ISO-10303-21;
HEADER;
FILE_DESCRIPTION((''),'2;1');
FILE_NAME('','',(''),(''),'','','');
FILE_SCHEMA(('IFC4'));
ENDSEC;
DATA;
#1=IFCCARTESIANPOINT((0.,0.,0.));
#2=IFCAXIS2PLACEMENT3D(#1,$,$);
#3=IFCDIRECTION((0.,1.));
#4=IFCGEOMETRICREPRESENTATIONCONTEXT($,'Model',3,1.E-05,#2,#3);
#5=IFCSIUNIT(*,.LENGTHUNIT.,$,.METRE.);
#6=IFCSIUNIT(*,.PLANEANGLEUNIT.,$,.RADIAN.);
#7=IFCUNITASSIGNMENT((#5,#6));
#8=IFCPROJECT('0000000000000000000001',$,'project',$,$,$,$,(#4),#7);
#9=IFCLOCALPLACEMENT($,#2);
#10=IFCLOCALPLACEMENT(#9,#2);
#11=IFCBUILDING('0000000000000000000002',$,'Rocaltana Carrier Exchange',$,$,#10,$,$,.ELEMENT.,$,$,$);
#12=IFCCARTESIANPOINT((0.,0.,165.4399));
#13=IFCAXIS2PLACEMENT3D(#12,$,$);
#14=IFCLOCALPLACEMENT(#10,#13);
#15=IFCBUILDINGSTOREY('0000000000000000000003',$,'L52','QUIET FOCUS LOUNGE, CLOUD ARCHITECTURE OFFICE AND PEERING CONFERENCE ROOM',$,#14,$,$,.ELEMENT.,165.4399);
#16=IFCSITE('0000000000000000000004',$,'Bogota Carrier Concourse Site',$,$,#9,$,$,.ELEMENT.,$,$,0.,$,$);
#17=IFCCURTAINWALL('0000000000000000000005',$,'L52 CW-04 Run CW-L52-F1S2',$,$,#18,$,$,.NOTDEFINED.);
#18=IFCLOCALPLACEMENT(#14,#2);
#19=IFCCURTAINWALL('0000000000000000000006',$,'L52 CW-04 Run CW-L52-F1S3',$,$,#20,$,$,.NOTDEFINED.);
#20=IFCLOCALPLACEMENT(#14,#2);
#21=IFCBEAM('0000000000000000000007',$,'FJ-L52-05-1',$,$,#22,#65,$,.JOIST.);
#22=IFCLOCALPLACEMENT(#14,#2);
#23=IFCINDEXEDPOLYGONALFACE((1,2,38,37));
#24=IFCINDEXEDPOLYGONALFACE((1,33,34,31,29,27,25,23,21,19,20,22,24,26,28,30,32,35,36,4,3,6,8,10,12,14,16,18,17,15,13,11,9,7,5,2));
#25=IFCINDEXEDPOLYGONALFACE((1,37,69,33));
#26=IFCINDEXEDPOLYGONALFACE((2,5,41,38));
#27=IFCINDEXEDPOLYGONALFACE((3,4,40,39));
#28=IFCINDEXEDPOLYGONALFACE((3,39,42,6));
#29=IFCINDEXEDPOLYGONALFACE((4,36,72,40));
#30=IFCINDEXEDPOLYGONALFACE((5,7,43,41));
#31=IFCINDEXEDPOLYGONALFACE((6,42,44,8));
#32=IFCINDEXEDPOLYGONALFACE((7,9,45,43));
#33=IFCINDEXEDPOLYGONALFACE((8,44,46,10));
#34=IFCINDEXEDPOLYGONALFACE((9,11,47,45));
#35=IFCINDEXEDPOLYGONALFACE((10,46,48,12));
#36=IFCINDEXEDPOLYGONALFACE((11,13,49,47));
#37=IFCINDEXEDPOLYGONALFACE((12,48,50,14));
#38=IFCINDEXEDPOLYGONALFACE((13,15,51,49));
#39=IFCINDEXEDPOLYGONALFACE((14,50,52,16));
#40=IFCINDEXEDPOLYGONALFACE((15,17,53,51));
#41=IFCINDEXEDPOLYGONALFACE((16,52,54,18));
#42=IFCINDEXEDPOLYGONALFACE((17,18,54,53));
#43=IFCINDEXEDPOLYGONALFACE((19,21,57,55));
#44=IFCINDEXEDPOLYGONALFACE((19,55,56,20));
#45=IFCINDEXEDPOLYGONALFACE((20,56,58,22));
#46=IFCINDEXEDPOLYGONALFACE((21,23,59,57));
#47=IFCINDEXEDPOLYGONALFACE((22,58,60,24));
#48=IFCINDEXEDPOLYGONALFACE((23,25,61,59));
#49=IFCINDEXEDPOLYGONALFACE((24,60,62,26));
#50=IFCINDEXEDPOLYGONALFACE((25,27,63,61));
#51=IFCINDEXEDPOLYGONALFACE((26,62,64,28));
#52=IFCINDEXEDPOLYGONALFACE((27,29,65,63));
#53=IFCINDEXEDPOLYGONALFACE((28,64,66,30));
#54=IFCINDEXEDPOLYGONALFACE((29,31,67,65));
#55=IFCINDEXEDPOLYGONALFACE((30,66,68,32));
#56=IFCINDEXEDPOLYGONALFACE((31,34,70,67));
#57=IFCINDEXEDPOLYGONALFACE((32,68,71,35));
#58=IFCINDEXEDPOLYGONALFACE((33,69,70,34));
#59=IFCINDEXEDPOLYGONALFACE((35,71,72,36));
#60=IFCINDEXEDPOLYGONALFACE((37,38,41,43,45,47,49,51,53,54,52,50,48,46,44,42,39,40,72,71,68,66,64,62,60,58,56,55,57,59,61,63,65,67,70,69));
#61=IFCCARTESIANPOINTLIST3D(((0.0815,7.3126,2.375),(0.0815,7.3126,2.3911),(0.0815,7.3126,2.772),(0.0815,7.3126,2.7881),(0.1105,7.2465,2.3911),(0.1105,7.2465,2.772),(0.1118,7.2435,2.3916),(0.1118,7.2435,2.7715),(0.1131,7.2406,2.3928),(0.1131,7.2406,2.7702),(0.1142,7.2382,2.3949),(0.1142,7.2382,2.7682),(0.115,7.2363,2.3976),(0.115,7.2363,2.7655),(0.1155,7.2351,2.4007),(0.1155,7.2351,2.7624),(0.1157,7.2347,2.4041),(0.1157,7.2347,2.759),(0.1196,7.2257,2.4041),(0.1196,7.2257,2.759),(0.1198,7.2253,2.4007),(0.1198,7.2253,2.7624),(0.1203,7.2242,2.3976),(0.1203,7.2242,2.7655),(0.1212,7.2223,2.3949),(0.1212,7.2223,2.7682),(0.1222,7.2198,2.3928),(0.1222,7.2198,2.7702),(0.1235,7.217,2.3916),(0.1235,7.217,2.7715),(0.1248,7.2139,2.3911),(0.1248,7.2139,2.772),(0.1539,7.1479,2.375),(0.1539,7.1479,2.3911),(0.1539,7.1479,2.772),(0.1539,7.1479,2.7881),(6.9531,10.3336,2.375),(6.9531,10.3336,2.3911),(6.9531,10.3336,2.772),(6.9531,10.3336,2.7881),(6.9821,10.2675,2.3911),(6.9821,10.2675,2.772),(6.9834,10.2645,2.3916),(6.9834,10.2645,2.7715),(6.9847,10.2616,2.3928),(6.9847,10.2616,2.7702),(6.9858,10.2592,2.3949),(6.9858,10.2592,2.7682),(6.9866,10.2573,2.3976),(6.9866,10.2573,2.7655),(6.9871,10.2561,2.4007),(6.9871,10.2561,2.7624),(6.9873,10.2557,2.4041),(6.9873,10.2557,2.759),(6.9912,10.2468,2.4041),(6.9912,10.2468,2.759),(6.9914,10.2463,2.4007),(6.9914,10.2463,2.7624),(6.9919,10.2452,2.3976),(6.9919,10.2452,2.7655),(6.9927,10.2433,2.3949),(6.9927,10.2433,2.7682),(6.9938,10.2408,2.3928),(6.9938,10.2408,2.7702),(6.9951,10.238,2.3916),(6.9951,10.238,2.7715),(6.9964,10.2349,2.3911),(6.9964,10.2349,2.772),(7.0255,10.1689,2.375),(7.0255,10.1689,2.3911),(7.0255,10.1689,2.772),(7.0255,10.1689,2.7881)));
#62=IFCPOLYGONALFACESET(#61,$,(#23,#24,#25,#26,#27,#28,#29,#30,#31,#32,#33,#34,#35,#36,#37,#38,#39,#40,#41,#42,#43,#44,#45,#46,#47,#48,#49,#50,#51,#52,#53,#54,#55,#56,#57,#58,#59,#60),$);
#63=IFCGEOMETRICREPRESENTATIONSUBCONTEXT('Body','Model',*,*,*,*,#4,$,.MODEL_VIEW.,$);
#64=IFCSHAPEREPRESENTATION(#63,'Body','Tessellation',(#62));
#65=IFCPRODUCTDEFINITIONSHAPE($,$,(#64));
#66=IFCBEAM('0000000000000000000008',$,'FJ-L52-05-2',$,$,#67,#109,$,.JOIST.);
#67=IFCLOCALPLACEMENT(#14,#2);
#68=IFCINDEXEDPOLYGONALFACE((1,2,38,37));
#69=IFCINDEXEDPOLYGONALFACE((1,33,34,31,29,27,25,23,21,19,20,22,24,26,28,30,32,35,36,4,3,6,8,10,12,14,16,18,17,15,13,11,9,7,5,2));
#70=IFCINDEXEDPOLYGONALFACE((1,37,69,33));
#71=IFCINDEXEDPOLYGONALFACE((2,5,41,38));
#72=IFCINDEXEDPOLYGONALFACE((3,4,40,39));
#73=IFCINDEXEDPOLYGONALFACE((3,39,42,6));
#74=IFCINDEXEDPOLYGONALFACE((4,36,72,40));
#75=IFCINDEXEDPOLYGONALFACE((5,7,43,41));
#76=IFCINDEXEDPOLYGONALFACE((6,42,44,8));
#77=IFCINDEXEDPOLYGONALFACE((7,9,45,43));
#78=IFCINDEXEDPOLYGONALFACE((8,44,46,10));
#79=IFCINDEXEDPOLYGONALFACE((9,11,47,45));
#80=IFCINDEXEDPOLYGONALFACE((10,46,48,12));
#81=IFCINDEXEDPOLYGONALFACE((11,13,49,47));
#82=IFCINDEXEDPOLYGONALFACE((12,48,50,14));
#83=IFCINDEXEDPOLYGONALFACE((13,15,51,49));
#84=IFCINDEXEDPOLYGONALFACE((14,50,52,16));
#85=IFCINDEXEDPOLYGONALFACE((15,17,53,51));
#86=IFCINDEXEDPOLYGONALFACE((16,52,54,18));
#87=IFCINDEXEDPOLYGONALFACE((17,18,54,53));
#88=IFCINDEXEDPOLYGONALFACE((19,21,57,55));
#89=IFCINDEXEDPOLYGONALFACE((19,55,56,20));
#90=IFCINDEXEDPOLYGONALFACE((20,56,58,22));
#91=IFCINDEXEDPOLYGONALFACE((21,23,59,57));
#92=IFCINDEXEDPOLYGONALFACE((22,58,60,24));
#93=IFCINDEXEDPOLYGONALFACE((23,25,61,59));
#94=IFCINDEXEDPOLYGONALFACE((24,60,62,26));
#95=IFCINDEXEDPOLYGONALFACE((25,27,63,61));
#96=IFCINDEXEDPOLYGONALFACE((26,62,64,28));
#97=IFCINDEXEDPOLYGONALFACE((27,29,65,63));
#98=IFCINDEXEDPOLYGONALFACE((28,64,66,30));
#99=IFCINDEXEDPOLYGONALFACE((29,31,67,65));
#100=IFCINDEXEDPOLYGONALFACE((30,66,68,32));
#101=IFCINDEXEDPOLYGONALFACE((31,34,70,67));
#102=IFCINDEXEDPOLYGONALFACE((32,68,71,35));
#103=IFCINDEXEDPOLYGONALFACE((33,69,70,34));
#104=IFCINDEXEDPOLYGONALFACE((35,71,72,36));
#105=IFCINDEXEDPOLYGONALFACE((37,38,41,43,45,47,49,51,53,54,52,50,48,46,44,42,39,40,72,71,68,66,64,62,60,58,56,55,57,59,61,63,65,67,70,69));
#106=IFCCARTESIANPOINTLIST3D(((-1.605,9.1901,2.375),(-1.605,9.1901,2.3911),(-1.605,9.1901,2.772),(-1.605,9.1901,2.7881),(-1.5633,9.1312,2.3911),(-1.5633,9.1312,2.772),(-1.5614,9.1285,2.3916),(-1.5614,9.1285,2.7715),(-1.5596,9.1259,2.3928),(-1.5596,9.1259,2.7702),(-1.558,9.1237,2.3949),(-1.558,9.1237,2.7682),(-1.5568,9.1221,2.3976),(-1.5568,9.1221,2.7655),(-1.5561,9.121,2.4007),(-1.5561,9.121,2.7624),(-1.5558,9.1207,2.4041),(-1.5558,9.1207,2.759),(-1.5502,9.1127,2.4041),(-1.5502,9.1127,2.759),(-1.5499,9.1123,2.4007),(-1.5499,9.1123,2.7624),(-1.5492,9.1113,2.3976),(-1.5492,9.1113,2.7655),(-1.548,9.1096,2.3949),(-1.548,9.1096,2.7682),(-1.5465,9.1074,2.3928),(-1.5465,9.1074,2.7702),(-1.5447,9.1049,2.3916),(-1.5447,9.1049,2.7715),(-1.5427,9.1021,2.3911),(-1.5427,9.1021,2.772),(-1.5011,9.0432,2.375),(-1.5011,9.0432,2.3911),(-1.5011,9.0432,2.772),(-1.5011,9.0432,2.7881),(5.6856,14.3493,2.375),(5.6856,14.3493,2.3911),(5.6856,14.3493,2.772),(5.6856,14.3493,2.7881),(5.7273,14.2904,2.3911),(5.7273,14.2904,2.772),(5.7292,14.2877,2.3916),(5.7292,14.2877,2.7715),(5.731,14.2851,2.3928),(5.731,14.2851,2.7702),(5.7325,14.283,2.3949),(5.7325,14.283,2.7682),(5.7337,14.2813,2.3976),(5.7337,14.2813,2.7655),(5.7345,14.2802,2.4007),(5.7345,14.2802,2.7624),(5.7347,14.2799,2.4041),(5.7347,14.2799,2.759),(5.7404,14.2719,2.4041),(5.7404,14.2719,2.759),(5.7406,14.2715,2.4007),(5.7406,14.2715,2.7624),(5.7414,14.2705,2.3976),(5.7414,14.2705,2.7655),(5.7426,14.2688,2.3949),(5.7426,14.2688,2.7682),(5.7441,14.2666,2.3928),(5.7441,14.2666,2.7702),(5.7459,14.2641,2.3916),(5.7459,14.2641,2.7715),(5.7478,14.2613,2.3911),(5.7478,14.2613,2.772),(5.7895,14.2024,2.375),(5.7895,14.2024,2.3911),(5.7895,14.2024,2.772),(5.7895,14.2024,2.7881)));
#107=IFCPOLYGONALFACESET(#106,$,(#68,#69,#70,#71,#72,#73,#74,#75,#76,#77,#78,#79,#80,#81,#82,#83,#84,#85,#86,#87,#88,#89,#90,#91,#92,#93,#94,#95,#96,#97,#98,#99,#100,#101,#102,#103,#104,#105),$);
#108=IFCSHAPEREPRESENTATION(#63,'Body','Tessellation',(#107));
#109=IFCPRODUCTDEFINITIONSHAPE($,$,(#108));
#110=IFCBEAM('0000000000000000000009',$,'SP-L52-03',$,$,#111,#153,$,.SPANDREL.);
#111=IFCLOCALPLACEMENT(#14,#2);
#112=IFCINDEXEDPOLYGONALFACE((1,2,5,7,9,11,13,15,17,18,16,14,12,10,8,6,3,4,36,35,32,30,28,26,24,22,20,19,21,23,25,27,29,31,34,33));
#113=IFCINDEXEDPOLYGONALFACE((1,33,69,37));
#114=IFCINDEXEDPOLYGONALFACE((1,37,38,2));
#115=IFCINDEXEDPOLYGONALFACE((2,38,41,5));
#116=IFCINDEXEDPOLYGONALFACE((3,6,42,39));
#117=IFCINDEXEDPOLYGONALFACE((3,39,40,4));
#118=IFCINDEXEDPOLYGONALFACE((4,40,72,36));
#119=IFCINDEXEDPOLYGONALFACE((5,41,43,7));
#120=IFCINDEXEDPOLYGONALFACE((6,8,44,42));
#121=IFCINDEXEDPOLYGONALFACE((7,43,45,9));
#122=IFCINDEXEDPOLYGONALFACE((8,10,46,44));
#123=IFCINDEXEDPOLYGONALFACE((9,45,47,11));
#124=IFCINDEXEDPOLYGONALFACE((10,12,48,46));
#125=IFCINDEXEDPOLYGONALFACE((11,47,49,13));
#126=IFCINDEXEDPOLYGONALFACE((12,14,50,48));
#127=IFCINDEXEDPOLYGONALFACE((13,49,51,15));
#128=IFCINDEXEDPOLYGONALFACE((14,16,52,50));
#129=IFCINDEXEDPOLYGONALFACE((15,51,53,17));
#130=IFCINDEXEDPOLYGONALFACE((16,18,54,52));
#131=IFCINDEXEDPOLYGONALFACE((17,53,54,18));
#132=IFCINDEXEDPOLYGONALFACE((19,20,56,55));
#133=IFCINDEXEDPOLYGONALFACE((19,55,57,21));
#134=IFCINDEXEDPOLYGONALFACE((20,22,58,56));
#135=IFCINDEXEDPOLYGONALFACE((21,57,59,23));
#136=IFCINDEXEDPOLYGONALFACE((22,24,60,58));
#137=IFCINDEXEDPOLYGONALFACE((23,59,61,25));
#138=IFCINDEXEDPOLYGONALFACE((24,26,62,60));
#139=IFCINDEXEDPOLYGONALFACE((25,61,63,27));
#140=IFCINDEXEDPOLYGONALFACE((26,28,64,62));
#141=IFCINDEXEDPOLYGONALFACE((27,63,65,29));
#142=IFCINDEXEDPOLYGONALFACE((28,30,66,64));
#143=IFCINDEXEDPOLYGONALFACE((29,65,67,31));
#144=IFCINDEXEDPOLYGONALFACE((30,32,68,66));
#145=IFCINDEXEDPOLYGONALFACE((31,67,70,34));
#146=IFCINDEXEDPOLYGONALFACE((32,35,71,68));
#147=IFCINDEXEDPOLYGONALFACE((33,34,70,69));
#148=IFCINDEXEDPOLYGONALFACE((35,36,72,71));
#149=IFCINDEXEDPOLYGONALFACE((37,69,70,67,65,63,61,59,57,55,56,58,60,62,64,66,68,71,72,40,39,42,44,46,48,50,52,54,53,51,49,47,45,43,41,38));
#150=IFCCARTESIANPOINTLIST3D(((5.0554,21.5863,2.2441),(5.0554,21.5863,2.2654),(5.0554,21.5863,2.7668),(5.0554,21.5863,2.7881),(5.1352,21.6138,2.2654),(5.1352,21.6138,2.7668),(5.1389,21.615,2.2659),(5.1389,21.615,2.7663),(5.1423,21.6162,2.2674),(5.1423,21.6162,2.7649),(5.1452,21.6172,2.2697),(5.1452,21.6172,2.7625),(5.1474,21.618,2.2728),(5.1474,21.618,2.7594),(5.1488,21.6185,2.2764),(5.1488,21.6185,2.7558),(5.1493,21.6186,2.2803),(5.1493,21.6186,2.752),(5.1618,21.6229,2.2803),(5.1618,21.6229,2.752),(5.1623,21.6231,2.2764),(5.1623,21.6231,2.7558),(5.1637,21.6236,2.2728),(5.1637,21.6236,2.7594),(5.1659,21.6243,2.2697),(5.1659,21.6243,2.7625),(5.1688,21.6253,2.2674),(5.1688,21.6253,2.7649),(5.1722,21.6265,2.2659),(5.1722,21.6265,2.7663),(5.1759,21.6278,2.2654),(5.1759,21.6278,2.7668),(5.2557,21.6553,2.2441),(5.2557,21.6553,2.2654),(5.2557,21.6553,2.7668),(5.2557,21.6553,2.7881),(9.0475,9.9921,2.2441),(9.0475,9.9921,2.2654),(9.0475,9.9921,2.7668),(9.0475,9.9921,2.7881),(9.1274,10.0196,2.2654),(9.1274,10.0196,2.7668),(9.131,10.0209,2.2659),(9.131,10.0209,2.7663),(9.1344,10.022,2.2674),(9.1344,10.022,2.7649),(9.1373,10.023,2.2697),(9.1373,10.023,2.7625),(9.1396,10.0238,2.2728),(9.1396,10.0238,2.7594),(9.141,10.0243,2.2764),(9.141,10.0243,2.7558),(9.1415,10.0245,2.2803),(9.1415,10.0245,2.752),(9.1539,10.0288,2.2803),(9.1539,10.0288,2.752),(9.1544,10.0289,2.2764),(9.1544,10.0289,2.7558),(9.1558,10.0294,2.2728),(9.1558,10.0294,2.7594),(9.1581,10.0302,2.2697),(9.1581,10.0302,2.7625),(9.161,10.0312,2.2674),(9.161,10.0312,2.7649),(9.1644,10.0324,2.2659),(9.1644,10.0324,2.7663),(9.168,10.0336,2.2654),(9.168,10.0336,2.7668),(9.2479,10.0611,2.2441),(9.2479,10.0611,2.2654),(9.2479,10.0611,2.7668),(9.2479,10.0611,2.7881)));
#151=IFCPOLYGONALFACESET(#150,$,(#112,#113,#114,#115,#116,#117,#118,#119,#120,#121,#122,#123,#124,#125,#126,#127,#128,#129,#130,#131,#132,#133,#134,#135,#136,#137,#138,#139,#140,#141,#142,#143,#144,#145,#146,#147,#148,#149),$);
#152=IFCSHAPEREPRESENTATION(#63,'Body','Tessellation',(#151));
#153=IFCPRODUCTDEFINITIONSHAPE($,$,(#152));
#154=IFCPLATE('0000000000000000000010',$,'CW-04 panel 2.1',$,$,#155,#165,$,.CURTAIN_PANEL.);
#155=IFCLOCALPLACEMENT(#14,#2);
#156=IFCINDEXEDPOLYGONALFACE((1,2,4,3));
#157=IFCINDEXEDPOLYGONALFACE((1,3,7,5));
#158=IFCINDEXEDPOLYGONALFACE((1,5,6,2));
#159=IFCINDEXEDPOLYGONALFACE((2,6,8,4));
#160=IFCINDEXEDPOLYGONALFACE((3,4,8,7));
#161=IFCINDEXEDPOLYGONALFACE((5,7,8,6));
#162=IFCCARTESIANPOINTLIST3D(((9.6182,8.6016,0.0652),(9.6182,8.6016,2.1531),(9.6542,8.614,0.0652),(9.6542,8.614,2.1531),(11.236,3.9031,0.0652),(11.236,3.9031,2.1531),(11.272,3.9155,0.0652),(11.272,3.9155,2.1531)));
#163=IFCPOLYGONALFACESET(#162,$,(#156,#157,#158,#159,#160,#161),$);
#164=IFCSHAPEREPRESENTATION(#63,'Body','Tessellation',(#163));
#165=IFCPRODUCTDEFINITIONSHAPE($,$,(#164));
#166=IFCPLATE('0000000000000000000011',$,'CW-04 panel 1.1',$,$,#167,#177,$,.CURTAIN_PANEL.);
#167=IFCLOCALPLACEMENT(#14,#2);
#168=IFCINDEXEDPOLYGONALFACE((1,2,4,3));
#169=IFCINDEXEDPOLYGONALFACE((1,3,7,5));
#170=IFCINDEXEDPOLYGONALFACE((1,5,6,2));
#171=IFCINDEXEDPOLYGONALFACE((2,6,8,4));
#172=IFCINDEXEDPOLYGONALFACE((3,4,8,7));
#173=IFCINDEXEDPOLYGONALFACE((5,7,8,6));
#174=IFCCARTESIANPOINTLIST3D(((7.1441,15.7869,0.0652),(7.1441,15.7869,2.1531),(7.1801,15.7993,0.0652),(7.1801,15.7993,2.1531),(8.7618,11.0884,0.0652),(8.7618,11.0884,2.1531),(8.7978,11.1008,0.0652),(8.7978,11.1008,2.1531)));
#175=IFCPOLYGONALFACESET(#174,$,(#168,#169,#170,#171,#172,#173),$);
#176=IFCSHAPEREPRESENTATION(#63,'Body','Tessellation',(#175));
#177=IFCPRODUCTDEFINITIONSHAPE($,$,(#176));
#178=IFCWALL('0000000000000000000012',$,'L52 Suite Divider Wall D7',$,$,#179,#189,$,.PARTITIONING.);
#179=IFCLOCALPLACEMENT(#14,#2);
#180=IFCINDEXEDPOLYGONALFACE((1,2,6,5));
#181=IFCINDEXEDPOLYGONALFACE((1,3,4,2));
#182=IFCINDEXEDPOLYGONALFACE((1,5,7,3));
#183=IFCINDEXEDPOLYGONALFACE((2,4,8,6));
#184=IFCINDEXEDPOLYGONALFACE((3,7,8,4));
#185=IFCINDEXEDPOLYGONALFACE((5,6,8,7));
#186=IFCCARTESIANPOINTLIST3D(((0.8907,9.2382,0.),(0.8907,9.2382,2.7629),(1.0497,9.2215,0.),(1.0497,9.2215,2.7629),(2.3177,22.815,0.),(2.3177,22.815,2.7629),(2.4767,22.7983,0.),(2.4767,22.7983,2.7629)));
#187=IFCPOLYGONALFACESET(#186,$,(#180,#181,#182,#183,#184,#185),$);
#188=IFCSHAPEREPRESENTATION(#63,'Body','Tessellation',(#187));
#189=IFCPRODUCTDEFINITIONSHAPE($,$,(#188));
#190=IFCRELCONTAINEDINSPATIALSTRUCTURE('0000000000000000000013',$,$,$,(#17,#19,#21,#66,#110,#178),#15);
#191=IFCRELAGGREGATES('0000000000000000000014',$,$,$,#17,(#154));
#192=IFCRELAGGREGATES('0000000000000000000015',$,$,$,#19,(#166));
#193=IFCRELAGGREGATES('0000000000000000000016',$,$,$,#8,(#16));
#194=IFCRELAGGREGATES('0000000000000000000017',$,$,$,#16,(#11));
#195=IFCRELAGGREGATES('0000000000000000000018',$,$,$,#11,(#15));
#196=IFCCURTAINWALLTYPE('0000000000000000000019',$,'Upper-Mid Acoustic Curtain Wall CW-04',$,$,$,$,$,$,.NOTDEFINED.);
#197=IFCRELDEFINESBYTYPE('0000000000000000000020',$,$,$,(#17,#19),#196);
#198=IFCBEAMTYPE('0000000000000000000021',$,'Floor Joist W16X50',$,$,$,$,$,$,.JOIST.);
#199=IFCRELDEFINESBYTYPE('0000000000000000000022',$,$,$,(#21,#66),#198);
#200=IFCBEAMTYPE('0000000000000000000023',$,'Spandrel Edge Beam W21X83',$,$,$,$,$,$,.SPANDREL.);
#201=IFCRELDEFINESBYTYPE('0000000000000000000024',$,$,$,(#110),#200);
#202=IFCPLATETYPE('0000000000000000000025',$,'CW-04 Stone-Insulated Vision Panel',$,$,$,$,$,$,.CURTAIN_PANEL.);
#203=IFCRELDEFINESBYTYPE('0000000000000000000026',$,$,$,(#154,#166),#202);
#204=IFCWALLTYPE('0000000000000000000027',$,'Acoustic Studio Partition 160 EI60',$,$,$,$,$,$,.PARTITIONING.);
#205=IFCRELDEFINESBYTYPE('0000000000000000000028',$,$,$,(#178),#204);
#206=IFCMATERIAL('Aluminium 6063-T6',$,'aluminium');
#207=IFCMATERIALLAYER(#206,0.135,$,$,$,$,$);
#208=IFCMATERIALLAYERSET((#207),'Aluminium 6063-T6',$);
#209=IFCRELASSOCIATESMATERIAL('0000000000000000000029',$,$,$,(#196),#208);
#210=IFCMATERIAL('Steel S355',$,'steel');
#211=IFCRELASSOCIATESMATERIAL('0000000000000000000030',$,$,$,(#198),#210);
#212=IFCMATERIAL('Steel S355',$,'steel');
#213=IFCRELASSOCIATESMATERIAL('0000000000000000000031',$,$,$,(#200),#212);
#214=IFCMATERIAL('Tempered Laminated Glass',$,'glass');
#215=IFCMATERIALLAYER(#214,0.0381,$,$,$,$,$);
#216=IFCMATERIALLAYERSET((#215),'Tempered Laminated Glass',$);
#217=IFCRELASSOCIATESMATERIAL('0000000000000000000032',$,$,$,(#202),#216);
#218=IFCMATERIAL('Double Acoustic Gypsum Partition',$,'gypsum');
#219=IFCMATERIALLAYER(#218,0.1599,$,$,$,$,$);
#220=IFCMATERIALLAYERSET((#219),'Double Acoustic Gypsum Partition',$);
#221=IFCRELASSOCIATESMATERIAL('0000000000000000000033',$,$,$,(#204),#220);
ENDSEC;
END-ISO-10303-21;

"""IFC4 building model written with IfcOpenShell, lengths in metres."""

from ifc_helpers import new_model, si_unit, direction, frame, frame_2d, origin, origin_2d, place, context, subcontext, project, spatial, rectangle, i_section, extrude, material, layer, layer_set, material_profile, profile_set, type_object, element, aggregate, save


model = new_model("IFC4")

# Units and contexts
model_context = context("Model", 3, precision=1e-05, world=origin(), true_north=direction((0.0, 1.0)))
body_context = subcontext(model_context, "Body", "Model", "MODEL_VIEW")
ifc_project = project(units=[si_unit("LENGTHUNIT", "METRE"), si_unit("PLANEANGLEUNIT", "RADIAN")], contexts=[model_context])

# Site, building, storey
site_placement = place(None, origin())
site = spatial("IfcSite", under=ifc_project, at=site_placement, Name="Bogota Carrier Concourse Site", CompositionType="ELEMENT", RefElevation=0.0)
building_placement = place(site_placement, origin())
building = spatial("IfcBuilding", under=site, at=building_placement, Name="Rocaltana Carrier Exchange", CompositionType="ELEMENT")
storey_placement = place(building_placement, frame((0.0, 0.0, 165.4399)))
storey = spatial("IfcBuildingStorey", under=building, at=storey_placement, Name="L52", Description="QUIET FOCUS LOUNGE, CLOUD ARCHITECTURE OFFICE AND PEERING CONFERENCE ROOM", CompositionType="ELEMENT", Elevation=165.4399)

# Curtain wall
ifc_material_1 = material(Name="Aluminium 6063-T6", Category="aluminium")
ifc_layer_1 = layer(ifc_material_1, 0.135)
ifc_layer_set_1 = layer_set([ifc_layer_1], Name="Aluminium 6063-T6")
curtain_wall_type = type_object("IfcCurtainWallType", Name="Upper-Mid Acoustic Curtain Wall CW-04", PredefinedType="NOTDEFINED", material=ifc_layer_set_1)
curtain_wall_1_placement = place(storey_placement, origin())
curtain_wall_1 = element("IfcCurtainWall", 1, at=curtain_wall_1_placement, inside=storey, type_object=curtain_wall_type, Name="L52 CW-04 Run CW-L52-F1S2", PredefinedType="NOTDEFINED")

# Curtain wall
curtain_wall_2_placement = place(storey_placement, origin())
curtain_wall_2 = element("IfcCurtainWall", 2, at=curtain_wall_2_placement, inside=storey, type_object=curtain_wall_type, Name="L52 CW-04 Run CW-L52-F1S3", PredefinedType="NOTDEFINED")

# Beams
ifc_material_2 = material(Name="Steel S355", Category="steel")
ifc_material_profile_1 = material_profile(ifc_material_2, i_section(OverallWidth=0.1799, OverallDepth=0.4131, WebThickness=0.0098, FlangeThickness=0.0161, FilletRadius=0.0129, at=origin_2d()), Name="W16X50")
ifc_profile_set_1 = profile_set([ifc_material_profile_1], Name="Steel S355")
beam_type_1 = type_object("IfcBeamType", Name="Floor Joist W16X50", PredefinedType="JOIST", material=ifc_profile_set_1)
beam_1_placement = place(storey_placement, frame((6.9893, 10.2512, 2.5815), z_axis=(-0.915438, -0.40246, 0.0), x_axis=(0.40246, -0.915438, 0.0)))
element("IfcBeam", 3, at=beam_1_placement, inside=storey, type_object=beam_type_1, Name="FJ-L52-05-1", PredefinedType="JOIST", context=body_context, shape_type="SweptSolid", body=[
    extrude(i_section(OverallWidth=0.1799, OverallDepth=0.4131, WebThickness=0.0098, FlangeThickness=0.0161, FilletRadius=0.0129, at=origin_2d()), origin(), (0.0, 0.0, 1.0), 7.5063),
])
beam_2_placement = place(storey_placement, frame((5.7375, 14.2759, 2.5815), z_axis=(-0.816285, -0.577649, 0.0), x_axis=(0.577649, -0.816285, 0.0)))
element("IfcBeam", 4, at=beam_2_placement, inside=storey, type_object=beam_type_1, Name="FJ-L52-05-2", PredefinedType="JOIST", context=body_context, shape_type="SweptSolid", body=[
    extrude(i_section(OverallWidth=0.1799, OverallDepth=0.4131, WebThickness=0.0098, FlangeThickness=0.0161, FilletRadius=0.0129, at=origin_2d()), origin(), (0.0, 0.0, 1.0), 8.9314),
])
ifc_material_3 = material(Name="Steel S355", Category="steel")
ifc_material_profile_2 = material_profile(ifc_material_3, i_section(OverallWidth=0.2119, OverallDepth=0.5439, WebThickness=0.0132, FlangeThickness=0.0212, FilletRadius=0.0149, at=origin_2d()), Name="W21X83")
ifc_profile_set_2 = profile_set([ifc_material_profile_2], Name="Steel S355")
beam_type_2 = type_object("IfcBeamType", Name="Spandrel Edge Beam W21X83", PredefinedType="SPANDREL", material=ifc_profile_set_2)
beam_3_placement = place(storey_placement, frame((9.1477, 10.0266, 2.5161), z_axis=(-0.325566, 0.945519, 0.0), x_axis=(-0.945519, -0.325566, 0.0)))
element("IfcBeam", 5, at=beam_3_placement, inside=storey, type_object=beam_type_2, Name="SP-L52-03", PredefinedType="SPANDREL", context=body_context, shape_type="SweptSolid", body=[
    extrude(i_section(OverallWidth=0.2119, OverallDepth=0.5439, WebThickness=0.0132, FlangeThickness=0.0212, FilletRadius=0.0149, at=origin_2d()), origin(), (0.0, 0.0, 1.0), 12.2622),
])

# Plates
ifc_material_4 = material(Name="Tempered Laminated Glass", Category="glass")
ifc_layer_2 = layer(ifc_material_4, 0.0381)
ifc_layer_set_2 = layer_set([ifc_layer_2], Name="Tempered Laminated Glass")
plate_type = type_object("IfcPlateType", Name="CW-04 Stone-Insulated Vision Panel", PredefinedType="CURTAIN_PANEL", material=ifc_layer_set_2)
plate_1_placement = place(storey_placement, frame((10.4451, 6.2585, 0.0652), z_axis=(0.0, 0.0, 1.0), x_axis=(-0.325562, 0.945521, 0.0)))
plate_1 = element("IfcPlate", 6, at=plate_1_placement, type_object=plate_type, Name="CW-04 panel 2.1", PredefinedType="CURTAIN_PANEL", context=body_context, shape_type="SweptSolid", body=[
    extrude(rectangle(XDim=4.9692, YDim=0.0381, at=origin_2d()), origin(), (0.0, 0.0, 1.0), 2.0879),
])
aggregate(curtain_wall_1, [plate_1])
plate_2_placement = place(storey_placement, frame((7.9709, 13.4438, 0.0652), z_axis=(0.0, 0.0, 1.0), x_axis=(-0.325559, 0.945522, 0.0)))
plate_2 = element("IfcPlate", 7, at=plate_2_placement, type_object=plate_type, Name="CW-04 panel 1.1", PredefinedType="CURTAIN_PANEL", context=body_context, shape_type="SweptSolid", body=[
    extrude(rectangle(XDim=4.9692, YDim=0.0381, at=origin_2d()), origin(), (0.0, 0.0, 1.0), 2.0879),
])
aggregate(curtain_wall_2, [plate_2])

# Wall
ifc_material_5 = material(Name="Double Acoustic Gypsum Partition", Category="gypsum")
ifc_layer_3 = layer(ifc_material_5, 0.1599)
ifc_layer_set_3 = layer_set([ifc_layer_3], Name="Double Acoustic Gypsum Partition")
wall_type_1 = type_object("IfcWallType", Name="Acoustic Studio Partition 160 EI60", PredefinedType="PARTITIONING", material=ifc_layer_set_3)
wall_1_placement = place(storey_placement, frame((0.9702, 9.23, 0.0), z_axis=(0.0, 0.0, 1.0), x_axis=(0.104529, 0.994522, 0.0)))
element("IfcWall", 8, at=wall_1_placement, inside=storey, type_object=wall_type_1, Name="L52 Suite Divider Wall D7", PredefinedType="PARTITIONING", context=body_context, shape_type="SweptSolid", body=[
    extrude(rectangle(XDim=13.6516, YDim=0.1599, at=frame_2d((6.8257, 0.0))), origin(), (0.0, 0.0, 1.0), 2.7629),
])

save(model, "model.ifc")
